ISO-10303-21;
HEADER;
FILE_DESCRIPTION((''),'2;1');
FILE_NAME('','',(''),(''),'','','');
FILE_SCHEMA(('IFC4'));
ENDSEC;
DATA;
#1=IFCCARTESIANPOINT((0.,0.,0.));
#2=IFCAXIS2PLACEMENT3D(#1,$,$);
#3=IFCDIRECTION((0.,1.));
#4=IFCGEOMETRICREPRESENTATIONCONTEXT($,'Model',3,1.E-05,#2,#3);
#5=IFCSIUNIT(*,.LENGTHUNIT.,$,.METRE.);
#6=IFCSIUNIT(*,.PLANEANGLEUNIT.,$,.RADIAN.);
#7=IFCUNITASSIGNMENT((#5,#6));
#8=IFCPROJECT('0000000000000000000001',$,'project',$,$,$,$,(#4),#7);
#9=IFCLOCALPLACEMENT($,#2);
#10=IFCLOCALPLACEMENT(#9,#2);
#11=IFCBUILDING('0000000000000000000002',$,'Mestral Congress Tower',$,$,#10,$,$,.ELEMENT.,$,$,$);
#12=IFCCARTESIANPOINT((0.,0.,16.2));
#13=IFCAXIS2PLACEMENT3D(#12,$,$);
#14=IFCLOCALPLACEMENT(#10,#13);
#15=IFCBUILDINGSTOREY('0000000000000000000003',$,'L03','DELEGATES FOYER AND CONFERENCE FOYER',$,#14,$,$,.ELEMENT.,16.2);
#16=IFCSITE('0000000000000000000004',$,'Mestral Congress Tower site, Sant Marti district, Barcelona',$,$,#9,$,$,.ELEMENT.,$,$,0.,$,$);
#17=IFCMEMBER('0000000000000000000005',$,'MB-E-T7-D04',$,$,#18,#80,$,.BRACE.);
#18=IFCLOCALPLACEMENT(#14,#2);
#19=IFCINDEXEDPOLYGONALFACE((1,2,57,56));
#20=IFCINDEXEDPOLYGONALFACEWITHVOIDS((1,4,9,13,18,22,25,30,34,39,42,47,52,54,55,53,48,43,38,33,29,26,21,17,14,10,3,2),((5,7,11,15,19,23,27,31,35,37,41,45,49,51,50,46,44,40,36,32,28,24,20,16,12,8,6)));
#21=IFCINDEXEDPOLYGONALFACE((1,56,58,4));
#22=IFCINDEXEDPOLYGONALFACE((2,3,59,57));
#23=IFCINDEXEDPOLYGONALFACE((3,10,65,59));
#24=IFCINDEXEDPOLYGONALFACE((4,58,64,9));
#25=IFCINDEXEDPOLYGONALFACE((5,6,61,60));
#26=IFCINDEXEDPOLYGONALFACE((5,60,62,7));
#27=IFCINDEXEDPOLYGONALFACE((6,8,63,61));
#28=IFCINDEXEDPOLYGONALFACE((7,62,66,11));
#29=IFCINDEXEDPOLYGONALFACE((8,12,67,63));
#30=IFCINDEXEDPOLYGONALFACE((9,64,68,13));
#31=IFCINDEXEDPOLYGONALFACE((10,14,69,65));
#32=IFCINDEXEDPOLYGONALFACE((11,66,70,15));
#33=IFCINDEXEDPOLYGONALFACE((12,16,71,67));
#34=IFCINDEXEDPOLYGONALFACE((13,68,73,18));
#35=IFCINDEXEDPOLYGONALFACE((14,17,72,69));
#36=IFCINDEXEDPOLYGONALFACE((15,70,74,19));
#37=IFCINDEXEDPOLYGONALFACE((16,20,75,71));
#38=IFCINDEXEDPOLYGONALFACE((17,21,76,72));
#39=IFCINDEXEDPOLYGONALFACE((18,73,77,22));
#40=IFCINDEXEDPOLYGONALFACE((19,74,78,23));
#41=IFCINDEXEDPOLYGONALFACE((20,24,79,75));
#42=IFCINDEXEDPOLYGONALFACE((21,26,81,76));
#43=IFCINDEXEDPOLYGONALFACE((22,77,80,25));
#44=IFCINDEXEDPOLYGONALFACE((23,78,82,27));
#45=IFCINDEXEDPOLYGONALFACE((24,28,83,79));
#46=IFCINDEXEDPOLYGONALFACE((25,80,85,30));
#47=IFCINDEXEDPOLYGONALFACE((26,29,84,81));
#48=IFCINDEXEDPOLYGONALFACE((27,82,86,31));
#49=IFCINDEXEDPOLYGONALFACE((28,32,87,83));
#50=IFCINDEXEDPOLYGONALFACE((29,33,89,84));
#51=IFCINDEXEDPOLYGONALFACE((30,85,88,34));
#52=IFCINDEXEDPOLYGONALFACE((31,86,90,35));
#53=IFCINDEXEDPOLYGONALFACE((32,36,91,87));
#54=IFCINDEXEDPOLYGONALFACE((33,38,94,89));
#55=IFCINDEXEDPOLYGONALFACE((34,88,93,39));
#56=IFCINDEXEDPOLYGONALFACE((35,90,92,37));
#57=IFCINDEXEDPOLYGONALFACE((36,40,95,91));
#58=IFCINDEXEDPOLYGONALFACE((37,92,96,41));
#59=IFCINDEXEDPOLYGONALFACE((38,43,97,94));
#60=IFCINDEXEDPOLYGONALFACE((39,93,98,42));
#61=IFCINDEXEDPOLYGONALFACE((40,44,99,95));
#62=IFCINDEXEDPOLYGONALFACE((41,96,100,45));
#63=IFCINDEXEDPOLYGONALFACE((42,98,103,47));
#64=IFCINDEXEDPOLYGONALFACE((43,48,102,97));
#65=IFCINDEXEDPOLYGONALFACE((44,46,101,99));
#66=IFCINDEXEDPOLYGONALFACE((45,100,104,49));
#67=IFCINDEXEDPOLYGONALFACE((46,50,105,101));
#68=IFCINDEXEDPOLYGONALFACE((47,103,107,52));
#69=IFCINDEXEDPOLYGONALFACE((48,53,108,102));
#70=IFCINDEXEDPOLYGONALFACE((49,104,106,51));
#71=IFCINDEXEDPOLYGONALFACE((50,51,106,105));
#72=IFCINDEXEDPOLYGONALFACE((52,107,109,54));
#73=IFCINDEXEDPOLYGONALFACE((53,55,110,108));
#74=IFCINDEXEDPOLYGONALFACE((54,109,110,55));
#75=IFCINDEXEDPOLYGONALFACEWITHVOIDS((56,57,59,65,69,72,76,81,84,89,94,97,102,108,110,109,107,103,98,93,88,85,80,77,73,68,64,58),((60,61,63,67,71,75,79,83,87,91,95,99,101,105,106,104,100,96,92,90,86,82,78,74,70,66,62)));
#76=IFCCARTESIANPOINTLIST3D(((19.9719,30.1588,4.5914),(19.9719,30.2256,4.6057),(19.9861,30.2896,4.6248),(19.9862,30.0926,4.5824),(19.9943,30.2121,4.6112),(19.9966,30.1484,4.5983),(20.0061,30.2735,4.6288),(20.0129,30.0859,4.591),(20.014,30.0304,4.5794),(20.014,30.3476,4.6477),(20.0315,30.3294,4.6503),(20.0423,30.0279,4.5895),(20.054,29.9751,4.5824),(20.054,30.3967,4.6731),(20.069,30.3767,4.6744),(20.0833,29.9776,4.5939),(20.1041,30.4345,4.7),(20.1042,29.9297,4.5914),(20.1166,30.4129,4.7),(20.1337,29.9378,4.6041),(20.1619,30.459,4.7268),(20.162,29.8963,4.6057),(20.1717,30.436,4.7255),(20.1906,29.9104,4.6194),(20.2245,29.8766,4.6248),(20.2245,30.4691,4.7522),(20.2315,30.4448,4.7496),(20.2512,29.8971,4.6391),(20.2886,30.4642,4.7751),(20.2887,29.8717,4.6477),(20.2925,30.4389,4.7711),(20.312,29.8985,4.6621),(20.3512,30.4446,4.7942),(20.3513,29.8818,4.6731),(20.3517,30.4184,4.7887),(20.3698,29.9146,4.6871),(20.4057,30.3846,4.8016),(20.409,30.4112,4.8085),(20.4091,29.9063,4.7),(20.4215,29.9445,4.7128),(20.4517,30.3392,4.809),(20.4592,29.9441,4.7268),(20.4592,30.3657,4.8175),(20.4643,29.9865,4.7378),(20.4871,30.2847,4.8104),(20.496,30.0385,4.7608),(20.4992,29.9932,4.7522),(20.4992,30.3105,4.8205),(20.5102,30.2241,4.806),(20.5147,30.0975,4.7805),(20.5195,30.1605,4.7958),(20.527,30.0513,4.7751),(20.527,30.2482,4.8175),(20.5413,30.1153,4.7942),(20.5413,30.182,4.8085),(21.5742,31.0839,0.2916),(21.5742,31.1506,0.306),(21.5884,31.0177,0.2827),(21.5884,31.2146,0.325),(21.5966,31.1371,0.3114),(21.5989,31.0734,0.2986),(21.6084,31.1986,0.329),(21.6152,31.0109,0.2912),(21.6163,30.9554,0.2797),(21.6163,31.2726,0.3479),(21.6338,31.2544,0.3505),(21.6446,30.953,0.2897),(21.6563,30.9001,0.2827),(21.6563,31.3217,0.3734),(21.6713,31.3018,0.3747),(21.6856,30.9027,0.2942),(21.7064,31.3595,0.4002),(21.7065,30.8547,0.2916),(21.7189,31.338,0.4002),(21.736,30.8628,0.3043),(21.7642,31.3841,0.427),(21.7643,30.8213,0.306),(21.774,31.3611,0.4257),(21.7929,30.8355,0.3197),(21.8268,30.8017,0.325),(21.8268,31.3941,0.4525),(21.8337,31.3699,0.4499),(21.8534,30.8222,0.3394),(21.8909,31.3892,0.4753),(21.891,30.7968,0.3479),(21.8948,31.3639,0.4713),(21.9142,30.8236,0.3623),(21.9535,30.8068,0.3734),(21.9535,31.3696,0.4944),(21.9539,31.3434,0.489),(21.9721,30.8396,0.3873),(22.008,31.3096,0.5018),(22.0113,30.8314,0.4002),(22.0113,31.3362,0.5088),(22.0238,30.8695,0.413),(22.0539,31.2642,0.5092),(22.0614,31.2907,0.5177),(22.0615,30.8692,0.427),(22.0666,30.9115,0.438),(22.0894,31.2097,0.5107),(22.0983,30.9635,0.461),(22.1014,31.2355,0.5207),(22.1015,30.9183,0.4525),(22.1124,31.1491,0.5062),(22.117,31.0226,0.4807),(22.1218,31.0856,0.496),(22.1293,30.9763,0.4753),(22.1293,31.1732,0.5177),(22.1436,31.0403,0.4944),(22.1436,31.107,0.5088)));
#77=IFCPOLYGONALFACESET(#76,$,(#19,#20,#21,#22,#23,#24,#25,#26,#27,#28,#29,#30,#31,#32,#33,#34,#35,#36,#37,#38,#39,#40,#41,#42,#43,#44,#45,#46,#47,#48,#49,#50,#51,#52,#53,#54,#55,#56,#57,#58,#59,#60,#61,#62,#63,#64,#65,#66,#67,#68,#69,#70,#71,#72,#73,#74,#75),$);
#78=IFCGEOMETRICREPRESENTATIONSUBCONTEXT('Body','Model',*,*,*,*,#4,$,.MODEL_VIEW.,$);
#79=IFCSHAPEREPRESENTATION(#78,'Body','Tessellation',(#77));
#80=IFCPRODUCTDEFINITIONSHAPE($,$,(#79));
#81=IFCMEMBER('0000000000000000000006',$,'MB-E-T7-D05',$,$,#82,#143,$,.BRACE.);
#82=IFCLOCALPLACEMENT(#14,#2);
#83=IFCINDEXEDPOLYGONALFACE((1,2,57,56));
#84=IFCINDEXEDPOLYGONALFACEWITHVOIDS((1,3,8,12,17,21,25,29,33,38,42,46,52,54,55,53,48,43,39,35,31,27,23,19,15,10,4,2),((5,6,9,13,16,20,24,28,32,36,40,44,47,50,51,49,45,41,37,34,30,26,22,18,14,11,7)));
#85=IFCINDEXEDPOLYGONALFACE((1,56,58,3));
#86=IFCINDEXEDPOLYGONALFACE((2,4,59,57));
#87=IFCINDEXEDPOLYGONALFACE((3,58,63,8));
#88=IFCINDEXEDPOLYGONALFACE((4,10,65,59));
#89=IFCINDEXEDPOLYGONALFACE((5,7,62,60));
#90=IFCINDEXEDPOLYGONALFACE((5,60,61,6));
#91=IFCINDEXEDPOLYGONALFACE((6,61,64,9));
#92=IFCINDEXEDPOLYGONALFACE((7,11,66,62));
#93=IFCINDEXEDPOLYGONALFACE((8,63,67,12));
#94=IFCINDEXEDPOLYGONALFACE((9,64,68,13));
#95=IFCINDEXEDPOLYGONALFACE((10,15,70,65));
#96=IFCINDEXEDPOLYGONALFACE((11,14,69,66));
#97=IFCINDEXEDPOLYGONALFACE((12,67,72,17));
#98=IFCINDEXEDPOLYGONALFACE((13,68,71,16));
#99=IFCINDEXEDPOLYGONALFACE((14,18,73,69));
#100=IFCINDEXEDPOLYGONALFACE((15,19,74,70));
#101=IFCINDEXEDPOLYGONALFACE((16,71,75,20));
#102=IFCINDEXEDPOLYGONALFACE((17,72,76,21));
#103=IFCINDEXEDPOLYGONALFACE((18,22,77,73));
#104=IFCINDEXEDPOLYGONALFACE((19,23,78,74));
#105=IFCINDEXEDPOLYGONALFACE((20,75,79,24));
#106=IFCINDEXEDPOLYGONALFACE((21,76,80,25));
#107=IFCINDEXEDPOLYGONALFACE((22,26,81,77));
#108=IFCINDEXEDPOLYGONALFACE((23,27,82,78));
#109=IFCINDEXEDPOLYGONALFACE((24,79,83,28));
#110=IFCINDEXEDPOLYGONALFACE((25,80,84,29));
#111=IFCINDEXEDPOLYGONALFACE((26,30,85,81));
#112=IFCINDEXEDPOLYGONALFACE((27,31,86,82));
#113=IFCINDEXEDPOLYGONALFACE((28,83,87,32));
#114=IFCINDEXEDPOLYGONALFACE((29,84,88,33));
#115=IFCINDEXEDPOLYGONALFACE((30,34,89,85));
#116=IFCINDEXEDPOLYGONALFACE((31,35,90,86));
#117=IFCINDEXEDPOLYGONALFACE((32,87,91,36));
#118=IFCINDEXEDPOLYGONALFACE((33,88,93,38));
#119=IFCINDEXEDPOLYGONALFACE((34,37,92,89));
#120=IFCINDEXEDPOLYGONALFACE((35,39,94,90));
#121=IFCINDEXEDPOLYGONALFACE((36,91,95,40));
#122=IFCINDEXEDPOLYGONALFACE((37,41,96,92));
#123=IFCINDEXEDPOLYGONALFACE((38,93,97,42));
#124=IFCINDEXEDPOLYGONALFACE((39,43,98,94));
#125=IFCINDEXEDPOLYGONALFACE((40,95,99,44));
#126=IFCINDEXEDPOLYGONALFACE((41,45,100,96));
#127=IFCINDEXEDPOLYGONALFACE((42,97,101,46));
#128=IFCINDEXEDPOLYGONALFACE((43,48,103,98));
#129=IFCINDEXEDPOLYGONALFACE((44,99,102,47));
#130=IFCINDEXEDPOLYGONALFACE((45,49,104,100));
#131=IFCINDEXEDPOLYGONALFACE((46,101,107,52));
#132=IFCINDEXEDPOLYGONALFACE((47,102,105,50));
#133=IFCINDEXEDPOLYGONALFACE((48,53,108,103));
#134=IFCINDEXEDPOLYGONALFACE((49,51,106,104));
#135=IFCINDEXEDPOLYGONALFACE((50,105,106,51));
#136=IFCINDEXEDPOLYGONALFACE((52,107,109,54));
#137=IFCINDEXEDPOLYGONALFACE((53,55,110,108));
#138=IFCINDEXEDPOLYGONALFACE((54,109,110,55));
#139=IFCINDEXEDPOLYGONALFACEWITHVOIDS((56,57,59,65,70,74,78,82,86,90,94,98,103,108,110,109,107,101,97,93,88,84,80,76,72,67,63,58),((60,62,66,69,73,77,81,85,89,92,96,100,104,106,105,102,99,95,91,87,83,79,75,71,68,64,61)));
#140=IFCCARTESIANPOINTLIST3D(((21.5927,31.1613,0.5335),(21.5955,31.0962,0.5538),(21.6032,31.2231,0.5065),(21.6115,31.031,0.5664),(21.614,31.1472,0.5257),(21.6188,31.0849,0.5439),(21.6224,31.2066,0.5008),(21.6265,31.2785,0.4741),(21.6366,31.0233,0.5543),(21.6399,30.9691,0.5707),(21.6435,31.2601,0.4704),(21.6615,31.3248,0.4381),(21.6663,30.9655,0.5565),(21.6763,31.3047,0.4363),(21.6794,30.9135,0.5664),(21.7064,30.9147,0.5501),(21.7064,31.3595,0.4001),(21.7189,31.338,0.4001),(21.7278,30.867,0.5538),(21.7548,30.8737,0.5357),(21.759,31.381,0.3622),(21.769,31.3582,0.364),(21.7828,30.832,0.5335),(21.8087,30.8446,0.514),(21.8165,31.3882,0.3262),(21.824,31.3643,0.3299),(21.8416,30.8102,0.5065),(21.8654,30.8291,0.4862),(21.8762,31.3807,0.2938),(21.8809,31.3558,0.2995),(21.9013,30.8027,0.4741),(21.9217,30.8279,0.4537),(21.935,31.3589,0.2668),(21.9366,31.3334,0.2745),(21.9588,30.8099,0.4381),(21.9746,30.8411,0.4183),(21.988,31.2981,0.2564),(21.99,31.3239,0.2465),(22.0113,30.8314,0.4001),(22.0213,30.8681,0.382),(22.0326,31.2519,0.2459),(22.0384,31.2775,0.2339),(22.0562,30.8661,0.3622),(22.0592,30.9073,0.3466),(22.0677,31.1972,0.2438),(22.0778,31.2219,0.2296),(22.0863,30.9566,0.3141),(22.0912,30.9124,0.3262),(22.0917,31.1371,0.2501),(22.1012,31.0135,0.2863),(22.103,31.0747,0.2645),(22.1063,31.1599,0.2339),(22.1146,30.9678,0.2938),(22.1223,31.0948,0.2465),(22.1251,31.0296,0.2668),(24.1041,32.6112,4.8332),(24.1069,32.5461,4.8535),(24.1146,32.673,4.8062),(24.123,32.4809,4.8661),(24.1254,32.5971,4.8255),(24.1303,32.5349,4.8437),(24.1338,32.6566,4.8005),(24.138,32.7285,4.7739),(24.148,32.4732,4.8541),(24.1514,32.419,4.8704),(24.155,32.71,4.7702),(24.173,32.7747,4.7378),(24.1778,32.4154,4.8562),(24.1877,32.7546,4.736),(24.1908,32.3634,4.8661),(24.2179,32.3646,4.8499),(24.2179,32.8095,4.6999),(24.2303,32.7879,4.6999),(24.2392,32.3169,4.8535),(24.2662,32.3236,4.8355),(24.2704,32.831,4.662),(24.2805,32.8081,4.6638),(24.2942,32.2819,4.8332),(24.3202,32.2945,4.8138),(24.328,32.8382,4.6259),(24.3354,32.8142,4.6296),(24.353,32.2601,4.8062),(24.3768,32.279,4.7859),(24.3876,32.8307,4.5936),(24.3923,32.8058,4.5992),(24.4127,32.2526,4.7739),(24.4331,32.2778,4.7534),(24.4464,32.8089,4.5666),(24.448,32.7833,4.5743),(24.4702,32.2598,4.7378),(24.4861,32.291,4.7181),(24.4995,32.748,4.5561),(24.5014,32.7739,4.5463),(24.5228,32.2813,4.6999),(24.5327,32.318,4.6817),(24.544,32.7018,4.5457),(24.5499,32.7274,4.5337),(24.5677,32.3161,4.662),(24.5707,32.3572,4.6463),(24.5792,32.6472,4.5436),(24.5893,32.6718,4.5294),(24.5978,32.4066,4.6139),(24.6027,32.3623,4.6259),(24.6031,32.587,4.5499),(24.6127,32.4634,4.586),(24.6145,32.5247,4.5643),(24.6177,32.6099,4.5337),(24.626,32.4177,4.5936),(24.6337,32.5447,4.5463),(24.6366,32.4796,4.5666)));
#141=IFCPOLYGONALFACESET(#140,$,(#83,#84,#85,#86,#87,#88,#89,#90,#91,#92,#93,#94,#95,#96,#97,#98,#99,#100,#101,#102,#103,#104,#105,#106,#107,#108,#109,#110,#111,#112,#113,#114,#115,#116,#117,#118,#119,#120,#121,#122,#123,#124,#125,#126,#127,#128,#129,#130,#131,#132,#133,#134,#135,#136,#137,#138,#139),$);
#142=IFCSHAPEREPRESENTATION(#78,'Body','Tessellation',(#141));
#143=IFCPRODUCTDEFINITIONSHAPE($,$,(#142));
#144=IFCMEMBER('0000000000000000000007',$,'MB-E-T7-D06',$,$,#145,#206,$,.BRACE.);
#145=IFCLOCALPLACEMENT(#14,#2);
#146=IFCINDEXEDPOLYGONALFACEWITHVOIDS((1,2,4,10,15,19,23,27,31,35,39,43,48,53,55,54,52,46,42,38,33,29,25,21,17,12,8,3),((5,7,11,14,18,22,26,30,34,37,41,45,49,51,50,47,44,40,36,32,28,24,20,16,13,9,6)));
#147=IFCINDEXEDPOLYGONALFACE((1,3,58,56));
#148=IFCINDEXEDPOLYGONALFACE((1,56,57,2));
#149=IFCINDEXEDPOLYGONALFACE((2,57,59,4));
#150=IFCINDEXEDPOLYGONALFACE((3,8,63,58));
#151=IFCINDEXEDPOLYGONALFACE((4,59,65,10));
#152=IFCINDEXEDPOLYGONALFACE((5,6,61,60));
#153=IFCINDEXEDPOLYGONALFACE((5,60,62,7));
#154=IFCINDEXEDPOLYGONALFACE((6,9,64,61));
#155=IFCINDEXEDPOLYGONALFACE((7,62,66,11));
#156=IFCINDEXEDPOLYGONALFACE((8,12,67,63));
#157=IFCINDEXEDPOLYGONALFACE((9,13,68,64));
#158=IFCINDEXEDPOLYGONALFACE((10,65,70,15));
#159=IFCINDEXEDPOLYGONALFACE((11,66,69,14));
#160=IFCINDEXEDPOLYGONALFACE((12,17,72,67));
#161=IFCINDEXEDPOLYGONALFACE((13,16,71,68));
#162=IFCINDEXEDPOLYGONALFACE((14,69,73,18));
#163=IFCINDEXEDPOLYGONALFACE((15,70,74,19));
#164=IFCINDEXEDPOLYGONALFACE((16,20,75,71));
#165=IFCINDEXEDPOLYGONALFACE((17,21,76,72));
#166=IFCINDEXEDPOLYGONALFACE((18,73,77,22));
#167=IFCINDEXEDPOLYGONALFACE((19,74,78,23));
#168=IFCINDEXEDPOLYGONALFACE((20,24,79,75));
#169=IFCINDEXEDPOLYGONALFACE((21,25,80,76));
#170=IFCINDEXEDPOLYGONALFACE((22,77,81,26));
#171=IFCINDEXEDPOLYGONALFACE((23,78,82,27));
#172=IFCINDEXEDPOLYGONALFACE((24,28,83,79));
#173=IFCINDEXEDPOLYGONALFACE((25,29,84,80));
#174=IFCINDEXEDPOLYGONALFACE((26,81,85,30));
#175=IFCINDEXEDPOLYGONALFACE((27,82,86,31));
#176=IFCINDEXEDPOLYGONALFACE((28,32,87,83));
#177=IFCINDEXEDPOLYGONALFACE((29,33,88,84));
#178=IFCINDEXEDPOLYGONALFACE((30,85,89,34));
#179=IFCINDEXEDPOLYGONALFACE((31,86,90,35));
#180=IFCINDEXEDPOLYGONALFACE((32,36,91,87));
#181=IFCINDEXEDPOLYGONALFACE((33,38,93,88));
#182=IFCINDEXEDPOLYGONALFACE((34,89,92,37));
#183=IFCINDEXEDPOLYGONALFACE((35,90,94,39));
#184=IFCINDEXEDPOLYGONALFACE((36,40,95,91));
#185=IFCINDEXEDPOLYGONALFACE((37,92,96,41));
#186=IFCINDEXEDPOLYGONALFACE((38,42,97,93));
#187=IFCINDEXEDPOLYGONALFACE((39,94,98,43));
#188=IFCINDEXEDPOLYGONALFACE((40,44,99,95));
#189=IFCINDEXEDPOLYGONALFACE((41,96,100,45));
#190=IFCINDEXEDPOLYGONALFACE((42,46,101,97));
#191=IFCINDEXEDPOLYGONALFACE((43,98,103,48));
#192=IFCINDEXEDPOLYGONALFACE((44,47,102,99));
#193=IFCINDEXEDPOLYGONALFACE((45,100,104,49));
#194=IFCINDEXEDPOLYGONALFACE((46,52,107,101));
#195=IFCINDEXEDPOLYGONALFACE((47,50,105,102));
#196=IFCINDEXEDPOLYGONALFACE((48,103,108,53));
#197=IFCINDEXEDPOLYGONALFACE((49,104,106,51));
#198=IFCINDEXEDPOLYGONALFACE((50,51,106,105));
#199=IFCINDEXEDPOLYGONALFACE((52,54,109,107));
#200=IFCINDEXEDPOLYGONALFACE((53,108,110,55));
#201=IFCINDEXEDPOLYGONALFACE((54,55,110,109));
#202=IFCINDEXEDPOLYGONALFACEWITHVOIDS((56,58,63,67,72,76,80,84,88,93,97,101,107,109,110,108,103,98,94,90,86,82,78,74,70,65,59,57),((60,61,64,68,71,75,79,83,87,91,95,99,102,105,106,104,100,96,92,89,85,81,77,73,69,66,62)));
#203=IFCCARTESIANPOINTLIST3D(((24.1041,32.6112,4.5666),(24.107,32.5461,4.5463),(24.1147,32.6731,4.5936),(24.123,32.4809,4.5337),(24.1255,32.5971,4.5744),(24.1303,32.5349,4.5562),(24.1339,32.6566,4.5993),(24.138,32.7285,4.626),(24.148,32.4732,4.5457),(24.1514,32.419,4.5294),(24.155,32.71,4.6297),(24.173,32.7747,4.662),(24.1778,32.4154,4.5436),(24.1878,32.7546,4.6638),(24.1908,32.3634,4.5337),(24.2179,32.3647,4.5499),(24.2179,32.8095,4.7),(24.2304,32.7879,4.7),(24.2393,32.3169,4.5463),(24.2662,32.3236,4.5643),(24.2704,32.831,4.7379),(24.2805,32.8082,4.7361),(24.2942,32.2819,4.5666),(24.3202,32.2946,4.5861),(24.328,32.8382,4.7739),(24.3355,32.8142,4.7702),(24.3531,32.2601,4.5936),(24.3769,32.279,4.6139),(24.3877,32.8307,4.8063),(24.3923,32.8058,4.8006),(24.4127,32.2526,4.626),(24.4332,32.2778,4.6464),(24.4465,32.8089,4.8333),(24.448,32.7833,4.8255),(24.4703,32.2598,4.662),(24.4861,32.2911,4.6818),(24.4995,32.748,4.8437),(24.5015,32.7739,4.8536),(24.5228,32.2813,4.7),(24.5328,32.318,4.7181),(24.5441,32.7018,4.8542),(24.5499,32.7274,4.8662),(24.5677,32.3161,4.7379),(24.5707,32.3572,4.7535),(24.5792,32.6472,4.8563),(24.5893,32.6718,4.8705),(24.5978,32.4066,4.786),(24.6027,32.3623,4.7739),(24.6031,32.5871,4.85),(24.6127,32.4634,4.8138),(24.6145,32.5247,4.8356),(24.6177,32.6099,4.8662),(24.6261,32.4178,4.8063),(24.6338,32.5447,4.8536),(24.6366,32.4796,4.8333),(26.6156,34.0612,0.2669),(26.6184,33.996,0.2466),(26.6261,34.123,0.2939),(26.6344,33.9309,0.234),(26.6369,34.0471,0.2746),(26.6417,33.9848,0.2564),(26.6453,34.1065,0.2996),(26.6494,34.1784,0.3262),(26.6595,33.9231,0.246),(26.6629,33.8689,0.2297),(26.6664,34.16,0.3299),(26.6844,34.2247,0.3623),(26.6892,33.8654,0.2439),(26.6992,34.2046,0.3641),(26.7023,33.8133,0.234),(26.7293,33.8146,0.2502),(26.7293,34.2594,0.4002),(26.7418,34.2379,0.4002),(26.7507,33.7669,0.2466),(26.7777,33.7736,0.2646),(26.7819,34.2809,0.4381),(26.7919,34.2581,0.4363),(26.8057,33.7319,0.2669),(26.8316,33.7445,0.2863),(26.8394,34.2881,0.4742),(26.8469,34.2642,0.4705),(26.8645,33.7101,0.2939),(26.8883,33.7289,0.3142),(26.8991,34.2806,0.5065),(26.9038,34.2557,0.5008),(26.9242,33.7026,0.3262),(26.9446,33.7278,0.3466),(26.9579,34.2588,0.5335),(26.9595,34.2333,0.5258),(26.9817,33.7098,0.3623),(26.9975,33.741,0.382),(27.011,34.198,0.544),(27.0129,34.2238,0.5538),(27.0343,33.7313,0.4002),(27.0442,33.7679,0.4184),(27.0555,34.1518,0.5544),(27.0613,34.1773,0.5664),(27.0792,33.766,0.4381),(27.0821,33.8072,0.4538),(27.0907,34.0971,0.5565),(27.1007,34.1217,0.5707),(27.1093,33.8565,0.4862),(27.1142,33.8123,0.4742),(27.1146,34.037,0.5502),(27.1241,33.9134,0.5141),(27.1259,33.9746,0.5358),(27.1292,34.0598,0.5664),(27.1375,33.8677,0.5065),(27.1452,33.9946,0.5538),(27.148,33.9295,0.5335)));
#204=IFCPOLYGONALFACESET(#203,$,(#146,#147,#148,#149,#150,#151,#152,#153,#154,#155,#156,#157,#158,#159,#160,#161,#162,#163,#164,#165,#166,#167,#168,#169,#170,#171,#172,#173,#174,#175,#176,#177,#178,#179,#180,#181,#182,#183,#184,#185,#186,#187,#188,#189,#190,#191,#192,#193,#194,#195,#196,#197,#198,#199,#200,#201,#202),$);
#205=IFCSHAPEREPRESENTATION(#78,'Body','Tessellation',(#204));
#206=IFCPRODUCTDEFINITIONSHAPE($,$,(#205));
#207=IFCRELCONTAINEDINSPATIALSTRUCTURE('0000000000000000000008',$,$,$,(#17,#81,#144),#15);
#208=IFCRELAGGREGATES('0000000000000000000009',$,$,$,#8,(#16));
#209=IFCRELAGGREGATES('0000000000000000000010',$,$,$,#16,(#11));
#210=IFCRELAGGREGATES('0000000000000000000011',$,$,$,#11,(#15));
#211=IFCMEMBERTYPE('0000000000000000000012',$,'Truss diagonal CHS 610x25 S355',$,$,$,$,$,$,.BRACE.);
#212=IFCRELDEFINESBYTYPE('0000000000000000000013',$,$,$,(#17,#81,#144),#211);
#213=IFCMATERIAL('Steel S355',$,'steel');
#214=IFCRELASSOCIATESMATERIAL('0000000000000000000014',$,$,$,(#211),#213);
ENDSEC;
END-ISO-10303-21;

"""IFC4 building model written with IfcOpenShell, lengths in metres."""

from ifc_helpers import new_model, si_unit, direction, frame, origin, origin_2d, place, context, subcontext, project, spatial, hollow_circle, extrude, material, material_profile, profile_set, type_object, element, save


model = new_model("IFC4")

# Units and contexts
model_context = context("Model", 3, precision=1e-05, world=origin(), true_north=direction((0.0, 1.0)))
body_context = subcontext(model_context, "Body", "Model", "MODEL_VIEW")
ifc_project = project(units=[si_unit("LENGTHUNIT", "METRE"), si_unit("PLANEANGLEUNIT", "RADIAN")], contexts=[model_context])

# Site, building, storey
site_placement = place(None, origin())
site = spatial("IfcSite", under=ifc_project, at=site_placement, Name="Mestral Congress Tower site, Sant Marti district, Barcelona", CompositionType="ELEMENT", RefElevation=0.0)
building_placement = place(site_placement, origin())
building = spatial("IfcBuilding", under=site, at=building_placement, Name="Mestral Congress Tower", CompositionType="ELEMENT")
storey_placement = place(building_placement, frame((0.0, 0.0, 16.2)))
storey = spatial("IfcBuildingStorey", under=building, at=storey_placement, Name="L03", Description="DELEGATES FOYER AND CONFERENCE FOYER", CompositionType="ELEMENT", Elevation=16.2)

# Members
ifc_material = material(Name="Steel S355", Category="steel")
ifc_material_profile_1 = material_profile(ifc_material, hollow_circle(Radius=0.3049, WallThickness=0.0249, at=origin_2d()), Name="CHS 610x25")
ifc_profile_set_1 = profile_set([ifc_material_profile_1], Name="Steel S355")
member_type_1 = type_object("IfcMemberType", Name="Truss diagonal CHS 610x25 S355", PredefinedType="BRACE", material=ifc_profile_set_1)
member_1_placement = place(storey_placement, frame((20.2566, 30.1704, 4.7), z_axis=(0.342301, 0.197619, -0.918573), x_axis=(-0.499985, 0.866034, 0.0)))
element("IfcMember", 1, at=member_1_placement, inside=storey, type_object=member_type_1, Name="MB-E-T7-D04", PredefinedType="BRACE", context=body_context, shape_type="SweptSolid", body=[
    extrude(hollow_circle(Radius=0.3049, WallThickness=0.0249, at=origin_2d()), origin(), (0.0, 0.0, 1.0), 4.6809),
])
for number, where, z_axis, x_axis, name in (
    (2, (21.8589, 31.0955, 0.4001), (0.484247, 0.279571, 0.829062), (-0.499987, 0.866033, 0.0), "MB-E-T7-D05"),
    (3, (24.3704, 32.5454, 4.7), (0.484247, 0.279571, -0.829062), (-0.499987, 0.866033, 0.0), "MB-E-T7-D06"),
):
    element("IfcMember", number, at=place(storey_placement, frame(where, z_axis=z_axis, x_axis=x_axis)), inside=storey, type_object=member_type_1, Name=name, PredefinedType="BRACE", context=body_context, shape_type="SweptSolid", body=[
        extrude(hollow_circle(Radius=0.3049, WallThickness=0.0249, at=origin_2d()), origin(), (0.0, 0.0, 1.0), 5.1863),
    ])

save(model, "model.ifc")
